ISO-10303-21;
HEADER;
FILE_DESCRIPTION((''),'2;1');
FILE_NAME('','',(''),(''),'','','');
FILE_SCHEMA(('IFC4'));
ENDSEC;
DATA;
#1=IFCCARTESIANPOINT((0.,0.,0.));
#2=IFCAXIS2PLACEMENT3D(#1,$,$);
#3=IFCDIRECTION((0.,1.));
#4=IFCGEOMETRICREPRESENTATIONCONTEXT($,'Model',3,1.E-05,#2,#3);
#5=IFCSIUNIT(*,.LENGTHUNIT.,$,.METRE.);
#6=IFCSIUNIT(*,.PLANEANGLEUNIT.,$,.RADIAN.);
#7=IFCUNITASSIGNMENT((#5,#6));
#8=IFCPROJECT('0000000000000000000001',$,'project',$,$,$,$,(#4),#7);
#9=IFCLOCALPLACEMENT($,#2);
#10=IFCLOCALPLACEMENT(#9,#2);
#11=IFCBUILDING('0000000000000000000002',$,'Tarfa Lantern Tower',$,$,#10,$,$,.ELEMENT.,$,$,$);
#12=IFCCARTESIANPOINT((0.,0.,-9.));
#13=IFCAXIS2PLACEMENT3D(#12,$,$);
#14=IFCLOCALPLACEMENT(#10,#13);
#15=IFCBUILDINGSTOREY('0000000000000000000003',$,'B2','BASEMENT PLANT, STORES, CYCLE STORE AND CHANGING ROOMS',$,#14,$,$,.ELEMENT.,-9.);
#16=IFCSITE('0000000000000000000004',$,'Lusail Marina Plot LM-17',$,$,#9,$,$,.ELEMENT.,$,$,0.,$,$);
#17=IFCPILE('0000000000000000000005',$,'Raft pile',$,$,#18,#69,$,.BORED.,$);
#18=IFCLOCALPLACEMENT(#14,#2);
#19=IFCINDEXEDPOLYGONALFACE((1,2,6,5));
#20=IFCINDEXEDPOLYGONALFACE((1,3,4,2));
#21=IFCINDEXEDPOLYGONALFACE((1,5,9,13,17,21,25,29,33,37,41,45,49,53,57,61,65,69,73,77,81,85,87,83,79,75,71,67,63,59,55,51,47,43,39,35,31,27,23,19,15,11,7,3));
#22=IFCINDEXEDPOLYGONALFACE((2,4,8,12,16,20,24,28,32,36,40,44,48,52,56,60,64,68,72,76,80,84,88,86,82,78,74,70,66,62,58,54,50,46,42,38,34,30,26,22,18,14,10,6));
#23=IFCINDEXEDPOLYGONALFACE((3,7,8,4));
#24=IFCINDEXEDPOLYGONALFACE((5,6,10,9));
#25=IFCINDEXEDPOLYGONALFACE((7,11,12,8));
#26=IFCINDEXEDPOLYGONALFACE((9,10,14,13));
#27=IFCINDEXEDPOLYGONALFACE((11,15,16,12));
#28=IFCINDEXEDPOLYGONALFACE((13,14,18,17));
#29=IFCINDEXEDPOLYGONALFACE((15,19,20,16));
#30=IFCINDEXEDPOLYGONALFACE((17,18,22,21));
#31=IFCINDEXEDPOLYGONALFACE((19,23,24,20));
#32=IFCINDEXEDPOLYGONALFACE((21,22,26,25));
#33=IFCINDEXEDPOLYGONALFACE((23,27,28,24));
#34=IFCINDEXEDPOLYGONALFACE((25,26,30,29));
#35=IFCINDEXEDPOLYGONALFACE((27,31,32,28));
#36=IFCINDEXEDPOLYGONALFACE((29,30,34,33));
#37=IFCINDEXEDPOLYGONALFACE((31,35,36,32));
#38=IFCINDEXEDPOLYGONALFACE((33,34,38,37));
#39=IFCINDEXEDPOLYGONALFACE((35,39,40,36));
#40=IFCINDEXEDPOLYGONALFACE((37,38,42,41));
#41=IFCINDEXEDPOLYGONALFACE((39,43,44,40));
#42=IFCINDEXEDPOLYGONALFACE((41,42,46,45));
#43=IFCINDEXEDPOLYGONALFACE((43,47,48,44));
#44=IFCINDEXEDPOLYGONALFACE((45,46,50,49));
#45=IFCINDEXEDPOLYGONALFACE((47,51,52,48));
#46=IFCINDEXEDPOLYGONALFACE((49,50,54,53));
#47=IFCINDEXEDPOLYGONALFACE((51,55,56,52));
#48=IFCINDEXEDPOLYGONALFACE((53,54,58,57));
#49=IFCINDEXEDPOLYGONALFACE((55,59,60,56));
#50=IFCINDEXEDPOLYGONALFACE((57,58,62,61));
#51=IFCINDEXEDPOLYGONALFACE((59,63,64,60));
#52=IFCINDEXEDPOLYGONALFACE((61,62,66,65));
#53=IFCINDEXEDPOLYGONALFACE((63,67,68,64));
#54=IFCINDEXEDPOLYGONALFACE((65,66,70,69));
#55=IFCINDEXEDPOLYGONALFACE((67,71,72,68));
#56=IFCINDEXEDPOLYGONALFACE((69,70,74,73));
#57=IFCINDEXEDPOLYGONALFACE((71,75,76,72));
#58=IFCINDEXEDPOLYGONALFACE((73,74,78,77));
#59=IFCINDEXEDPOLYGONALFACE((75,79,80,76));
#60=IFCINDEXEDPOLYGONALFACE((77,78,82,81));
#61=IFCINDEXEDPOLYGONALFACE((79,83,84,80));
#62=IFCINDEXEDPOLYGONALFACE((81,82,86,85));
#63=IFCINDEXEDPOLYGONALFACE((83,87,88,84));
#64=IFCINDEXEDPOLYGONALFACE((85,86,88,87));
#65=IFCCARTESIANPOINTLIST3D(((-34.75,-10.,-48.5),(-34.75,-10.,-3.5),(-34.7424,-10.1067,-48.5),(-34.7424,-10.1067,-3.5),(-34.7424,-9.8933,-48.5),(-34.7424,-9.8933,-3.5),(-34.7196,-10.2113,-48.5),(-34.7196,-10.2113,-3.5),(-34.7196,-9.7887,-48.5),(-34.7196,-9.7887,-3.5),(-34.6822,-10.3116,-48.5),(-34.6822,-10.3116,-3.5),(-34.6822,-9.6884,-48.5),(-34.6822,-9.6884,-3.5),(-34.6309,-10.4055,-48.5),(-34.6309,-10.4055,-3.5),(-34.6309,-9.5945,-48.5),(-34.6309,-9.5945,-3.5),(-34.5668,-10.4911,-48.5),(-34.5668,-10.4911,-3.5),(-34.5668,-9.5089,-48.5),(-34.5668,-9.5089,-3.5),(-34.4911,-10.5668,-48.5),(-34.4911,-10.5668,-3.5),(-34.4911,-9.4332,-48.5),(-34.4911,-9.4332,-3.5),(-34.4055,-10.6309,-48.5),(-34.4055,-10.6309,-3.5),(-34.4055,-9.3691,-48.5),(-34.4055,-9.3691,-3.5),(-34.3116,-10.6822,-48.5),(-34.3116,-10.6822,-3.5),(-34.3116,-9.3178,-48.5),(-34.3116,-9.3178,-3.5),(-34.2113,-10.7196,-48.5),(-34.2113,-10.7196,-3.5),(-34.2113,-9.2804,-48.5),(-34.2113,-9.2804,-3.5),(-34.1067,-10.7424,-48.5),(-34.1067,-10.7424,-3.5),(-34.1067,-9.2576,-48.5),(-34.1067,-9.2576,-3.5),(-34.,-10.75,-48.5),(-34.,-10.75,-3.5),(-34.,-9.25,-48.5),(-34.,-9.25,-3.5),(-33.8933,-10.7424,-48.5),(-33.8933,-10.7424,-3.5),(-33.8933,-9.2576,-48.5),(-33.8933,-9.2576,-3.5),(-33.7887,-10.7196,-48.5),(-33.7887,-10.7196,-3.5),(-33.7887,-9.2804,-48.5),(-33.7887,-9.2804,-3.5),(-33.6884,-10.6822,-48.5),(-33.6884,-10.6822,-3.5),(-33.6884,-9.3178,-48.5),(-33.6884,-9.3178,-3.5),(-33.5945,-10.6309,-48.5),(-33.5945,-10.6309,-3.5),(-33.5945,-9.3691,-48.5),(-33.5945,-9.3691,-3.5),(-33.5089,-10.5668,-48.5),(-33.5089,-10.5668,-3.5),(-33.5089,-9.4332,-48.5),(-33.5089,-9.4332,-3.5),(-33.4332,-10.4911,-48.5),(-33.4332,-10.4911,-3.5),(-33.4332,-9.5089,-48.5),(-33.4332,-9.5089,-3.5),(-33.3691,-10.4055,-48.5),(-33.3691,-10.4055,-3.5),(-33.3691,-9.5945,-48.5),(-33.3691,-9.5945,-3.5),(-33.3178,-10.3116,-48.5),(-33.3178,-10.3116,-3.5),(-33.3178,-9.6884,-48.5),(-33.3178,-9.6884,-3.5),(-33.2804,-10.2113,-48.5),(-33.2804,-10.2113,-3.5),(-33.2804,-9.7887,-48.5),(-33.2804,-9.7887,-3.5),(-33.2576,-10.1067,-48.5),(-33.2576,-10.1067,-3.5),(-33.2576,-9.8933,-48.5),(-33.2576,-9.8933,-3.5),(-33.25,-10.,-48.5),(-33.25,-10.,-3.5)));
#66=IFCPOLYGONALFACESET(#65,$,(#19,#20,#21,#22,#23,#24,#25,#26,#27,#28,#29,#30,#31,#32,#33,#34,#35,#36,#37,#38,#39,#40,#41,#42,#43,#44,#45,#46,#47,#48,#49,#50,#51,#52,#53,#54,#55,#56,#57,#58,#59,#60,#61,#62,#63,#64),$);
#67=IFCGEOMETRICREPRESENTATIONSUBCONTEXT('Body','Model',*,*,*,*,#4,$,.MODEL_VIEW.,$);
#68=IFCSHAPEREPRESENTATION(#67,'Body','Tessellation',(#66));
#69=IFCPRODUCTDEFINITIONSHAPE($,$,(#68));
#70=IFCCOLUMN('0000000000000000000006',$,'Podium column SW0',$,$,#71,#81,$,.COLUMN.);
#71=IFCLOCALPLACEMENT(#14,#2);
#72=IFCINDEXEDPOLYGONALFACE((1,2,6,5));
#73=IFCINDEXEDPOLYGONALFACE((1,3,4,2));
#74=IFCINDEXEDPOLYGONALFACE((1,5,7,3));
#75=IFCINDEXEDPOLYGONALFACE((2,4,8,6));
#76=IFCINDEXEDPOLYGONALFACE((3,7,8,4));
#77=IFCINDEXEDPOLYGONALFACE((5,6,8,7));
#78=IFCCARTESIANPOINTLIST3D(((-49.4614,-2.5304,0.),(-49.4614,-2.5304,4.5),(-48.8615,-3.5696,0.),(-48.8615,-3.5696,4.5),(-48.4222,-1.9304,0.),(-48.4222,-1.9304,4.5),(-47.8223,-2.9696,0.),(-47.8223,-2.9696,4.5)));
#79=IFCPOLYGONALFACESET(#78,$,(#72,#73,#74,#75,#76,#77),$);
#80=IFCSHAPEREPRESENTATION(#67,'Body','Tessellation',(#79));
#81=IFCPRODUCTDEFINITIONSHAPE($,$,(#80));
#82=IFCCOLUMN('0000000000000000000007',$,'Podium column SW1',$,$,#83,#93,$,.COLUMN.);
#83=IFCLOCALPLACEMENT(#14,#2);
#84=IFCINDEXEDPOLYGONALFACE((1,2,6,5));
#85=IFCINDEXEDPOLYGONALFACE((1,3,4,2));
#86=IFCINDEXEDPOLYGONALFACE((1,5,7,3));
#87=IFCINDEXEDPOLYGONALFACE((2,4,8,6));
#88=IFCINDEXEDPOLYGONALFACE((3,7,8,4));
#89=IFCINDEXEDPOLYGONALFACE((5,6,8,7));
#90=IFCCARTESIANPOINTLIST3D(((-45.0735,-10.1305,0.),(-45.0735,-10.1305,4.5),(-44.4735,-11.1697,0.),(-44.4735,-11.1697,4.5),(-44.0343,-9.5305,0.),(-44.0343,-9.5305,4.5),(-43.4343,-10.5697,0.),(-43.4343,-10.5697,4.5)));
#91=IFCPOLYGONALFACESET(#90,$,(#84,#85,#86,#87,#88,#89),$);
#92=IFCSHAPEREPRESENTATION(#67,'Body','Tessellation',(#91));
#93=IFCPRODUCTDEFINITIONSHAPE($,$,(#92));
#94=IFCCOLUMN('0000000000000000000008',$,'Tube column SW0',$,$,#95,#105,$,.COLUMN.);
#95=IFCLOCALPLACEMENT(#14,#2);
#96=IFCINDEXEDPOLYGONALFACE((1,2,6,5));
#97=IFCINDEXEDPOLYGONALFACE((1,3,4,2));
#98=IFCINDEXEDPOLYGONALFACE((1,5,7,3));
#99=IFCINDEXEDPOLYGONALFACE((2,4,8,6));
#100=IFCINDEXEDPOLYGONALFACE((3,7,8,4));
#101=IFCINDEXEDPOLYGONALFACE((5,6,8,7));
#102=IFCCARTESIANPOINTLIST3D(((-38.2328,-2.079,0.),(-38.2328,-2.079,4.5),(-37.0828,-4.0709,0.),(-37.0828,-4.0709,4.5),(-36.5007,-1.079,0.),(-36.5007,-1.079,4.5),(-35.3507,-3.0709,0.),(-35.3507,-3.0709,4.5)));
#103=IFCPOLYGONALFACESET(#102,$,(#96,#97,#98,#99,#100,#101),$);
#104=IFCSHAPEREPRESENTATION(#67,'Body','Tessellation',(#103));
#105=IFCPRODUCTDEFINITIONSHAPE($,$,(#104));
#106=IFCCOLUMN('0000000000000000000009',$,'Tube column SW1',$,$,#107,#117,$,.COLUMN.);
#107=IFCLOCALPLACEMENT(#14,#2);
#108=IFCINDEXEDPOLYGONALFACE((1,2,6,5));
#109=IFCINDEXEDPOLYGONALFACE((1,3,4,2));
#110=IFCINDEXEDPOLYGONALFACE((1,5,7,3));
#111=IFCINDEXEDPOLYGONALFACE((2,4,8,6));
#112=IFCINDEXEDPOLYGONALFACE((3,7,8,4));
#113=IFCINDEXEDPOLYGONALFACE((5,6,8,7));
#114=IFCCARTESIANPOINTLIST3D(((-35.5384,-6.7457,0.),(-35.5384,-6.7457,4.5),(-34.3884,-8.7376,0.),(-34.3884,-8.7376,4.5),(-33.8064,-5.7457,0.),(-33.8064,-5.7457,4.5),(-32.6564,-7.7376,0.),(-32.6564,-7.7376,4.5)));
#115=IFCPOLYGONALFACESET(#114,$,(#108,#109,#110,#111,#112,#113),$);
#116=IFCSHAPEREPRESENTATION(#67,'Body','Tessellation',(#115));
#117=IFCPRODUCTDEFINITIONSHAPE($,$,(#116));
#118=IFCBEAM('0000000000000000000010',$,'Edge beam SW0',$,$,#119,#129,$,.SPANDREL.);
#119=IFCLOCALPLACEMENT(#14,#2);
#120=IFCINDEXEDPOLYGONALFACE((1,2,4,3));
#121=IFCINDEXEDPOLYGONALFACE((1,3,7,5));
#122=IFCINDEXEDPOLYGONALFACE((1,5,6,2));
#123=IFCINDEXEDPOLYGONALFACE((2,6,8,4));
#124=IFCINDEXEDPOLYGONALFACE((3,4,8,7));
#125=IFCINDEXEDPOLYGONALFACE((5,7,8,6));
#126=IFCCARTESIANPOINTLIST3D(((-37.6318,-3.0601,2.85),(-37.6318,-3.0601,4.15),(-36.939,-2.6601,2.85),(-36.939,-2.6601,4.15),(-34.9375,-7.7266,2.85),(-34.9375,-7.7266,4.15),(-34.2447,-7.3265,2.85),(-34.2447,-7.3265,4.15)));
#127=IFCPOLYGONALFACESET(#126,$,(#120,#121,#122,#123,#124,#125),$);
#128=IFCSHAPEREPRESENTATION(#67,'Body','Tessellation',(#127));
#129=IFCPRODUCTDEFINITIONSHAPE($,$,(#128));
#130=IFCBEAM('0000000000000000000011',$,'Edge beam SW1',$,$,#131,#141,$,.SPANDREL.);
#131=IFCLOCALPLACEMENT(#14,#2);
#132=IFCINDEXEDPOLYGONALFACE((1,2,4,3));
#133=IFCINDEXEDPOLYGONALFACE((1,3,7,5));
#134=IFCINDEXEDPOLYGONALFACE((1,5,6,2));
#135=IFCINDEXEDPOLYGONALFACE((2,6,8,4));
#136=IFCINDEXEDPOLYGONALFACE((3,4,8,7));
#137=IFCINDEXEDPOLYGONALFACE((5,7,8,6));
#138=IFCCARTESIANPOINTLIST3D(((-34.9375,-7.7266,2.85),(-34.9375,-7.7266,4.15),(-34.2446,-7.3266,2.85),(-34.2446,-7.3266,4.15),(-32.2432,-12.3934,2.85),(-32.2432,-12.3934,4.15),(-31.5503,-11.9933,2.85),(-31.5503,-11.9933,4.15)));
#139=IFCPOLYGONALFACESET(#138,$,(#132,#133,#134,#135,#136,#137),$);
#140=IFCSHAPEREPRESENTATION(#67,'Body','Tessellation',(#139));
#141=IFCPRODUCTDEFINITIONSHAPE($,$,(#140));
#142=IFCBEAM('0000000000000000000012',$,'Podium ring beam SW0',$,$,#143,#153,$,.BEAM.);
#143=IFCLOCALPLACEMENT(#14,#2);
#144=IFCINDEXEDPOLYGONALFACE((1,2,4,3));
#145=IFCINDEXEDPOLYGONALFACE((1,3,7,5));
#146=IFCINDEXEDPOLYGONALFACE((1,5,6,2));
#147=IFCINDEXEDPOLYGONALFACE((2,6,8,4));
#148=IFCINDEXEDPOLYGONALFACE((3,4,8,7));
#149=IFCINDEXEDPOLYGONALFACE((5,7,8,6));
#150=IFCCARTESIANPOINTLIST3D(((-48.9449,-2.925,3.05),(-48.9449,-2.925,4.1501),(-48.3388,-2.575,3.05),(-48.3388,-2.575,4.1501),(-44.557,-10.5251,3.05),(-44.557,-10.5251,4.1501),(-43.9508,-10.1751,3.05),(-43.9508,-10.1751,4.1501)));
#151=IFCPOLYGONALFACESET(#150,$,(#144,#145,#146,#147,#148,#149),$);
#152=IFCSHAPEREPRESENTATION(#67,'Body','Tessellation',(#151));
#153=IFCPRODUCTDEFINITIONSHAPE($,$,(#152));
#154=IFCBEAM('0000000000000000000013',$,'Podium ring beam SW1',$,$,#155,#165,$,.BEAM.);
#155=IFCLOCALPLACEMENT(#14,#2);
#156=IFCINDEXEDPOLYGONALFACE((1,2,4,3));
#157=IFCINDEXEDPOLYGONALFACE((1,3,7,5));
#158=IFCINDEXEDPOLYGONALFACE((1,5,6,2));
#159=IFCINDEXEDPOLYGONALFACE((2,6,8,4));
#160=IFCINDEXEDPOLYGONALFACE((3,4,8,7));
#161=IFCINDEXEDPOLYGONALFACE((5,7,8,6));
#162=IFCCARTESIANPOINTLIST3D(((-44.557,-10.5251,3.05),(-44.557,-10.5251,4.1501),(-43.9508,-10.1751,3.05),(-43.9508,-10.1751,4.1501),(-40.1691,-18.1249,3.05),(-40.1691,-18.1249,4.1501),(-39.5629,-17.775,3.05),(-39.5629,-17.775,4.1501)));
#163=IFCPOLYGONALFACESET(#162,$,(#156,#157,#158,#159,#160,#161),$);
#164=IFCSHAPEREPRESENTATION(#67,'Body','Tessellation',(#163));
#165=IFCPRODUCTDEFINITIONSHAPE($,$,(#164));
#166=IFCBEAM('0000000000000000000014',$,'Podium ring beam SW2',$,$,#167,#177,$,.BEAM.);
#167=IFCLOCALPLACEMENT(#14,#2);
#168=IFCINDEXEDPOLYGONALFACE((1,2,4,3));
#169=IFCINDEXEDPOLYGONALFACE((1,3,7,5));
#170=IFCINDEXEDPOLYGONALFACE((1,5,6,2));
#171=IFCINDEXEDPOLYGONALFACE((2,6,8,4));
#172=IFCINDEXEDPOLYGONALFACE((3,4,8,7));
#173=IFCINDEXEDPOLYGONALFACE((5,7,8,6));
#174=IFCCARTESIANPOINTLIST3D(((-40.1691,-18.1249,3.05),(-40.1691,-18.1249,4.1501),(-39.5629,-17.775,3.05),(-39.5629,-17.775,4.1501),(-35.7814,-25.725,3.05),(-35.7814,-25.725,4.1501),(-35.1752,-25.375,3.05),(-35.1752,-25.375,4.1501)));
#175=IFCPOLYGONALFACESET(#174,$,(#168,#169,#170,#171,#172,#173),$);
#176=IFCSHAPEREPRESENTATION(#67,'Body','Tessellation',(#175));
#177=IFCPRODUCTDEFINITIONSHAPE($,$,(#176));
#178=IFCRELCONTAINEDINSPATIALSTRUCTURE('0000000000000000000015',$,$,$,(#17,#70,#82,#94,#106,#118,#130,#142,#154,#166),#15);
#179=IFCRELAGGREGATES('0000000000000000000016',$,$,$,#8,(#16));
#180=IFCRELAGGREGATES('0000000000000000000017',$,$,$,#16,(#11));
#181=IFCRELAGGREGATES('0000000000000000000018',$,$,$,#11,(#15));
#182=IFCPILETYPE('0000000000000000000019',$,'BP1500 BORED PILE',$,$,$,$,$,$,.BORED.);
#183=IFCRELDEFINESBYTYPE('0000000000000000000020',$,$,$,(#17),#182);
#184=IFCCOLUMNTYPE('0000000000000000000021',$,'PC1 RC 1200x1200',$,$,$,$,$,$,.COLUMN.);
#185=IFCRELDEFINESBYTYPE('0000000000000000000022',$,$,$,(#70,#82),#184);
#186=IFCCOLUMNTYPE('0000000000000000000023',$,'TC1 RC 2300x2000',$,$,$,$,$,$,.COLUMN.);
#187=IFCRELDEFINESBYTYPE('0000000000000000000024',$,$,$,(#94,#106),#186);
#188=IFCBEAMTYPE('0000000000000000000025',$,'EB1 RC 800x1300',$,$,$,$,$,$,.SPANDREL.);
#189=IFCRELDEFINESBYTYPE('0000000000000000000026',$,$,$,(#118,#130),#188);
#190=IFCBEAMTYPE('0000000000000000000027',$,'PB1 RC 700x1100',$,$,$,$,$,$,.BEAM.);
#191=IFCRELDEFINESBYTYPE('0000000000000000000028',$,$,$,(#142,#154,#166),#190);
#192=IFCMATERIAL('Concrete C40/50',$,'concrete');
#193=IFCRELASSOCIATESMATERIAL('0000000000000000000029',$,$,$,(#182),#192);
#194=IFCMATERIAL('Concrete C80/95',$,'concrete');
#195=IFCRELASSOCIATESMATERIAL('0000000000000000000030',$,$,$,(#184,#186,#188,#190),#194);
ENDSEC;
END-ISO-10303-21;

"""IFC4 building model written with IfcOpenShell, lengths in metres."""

from ifc_helpers import new_model, si_unit, direction, frame, origin, origin_2d, place, context, subcontext, project, spatial, rectangle, circle, extrude, material, material_profile, profile_set, type_object, element, save


model = new_model("IFC4")

# Units and contexts
model_context = context("Model", 3, precision=1e-05, world=origin(), true_north=direction((0.0, 1.0)))
body_context = subcontext(model_context, "Body", "Model", "MODEL_VIEW")
ifc_project = project(units=[si_unit("LENGTHUNIT", "METRE"), si_unit("PLANEANGLEUNIT", "RADIAN")], contexts=[model_context])

# Site, building, storey
site_placement = place(None, origin())
site = spatial("IfcSite", under=ifc_project, at=site_placement, Name="Lusail Marina Plot LM-17", CompositionType="ELEMENT", RefElevation=0.0)
building_placement = place(site_placement, origin())
building = spatial("IfcBuilding", under=site, at=building_placement, Name="Tarfa Lantern Tower", CompositionType="ELEMENT")
storey_placement = place(building_placement, frame((0.0, 0.0, -9.0)))
storey = spatial("IfcBuildingStorey", under=building, at=storey_placement, Name="B2", Description="BASEMENT PLANT, STORES, CYCLE STORE AND CHANGING ROOMS", CompositionType="ELEMENT", Elevation=-9.0)

# Pile
ifc_material_1 = material(Name="Concrete C40/50", Category="concrete")
ifc_material_profile_1 = material_profile(ifc_material_1, circle(Radius=0.75, at=origin_2d()), Name="BORED PILE D1500")
ifc_profile_set_1 = profile_set([ifc_material_profile_1], Name="Concrete C40/50")
pile_type_1 = type_object("IfcPileType", Name="BP1500 BORED PILE", PredefinedType="BORED", material=ifc_profile_set_1)
for number, where, z_axis, x_axis, name in (
    (1, (-34.0, -10.0, -3.5), (0.0, 0.0, -1.0), (1.0, 0.0, 0.0), "Raft pile"),
):
    element("IfcPile", number, at=place(storey_placement, frame(where, z_axis=z_axis, x_axis=x_axis)), inside=storey, type_object=pile_type_1, Name=name, PredefinedType="BORED", context=body_context, shape_type="SweptSolid", body=[
        extrude(circle(Radius=0.75, at=origin_2d()), origin(), (0.0, 0.0, 1.0), 45.0),
    ])

# Columns
ifc_material_2 = material(Name="Concrete C80/95", Category="concrete")
ifc_material_profile_2 = material_profile(ifc_material_2, rectangle(XDim=1.2, YDim=1.2, at=origin_2d()), Name="RC 1200x1200")
ifc_profile_set_2 = profile_set([ifc_material_profile_2], Name="Concrete C80/95")
column_type_1 = type_object("IfcColumnType", Name="PC1 RC 1200x1200", PredefinedType="COLUMN", material=ifc_profile_set_2)
for number, where, z_axis, x_axis, name in (
    (2, (-48.6418, -2.75, 0.0), (0.0, 0.0, 1.0), (0.5, -0.866025, 0.0), "Podium column SW0"),
    (3, (-44.2539, -10.3501, 0.0), (0.0, 0.0, 1.0), (0.5, -0.866025, 0.0), "Podium column SW1"),
):
    element("IfcColumn", number, at=place(storey_placement, frame(where, z_axis=z_axis, x_axis=x_axis)), inside=storey, type_object=column_type_1, Name=name, PredefinedType="COLUMN", context=body_context, shape_type="SweptSolid", body=[
        extrude(rectangle(XDim=1.2, YDim=1.2, at=origin_2d()), origin(), (0.0, 0.0, 1.0), 4.5),
    ])
ifc_material_profile_3 = material_profile(ifc_material_2, rectangle(XDim=2.3, YDim=2.0, at=origin_2d()), Name="RC 2300x2000")
ifc_profile_set_3 = profile_set([ifc_material_profile_3], Name="Concrete C80/95")
column_type_2 = type_object("IfcColumnType", Name="TC1 RC 2300x2000", PredefinedType="COLUMN", material=ifc_profile_set_3)
for number, where, z_axis, x_axis, name in (
    (4, (-36.7917, -2.575, 0.0), (0.0, 0.0, 1.0), (0.5, -0.866025, 0.0), "Tube column SW0"),
    (5, (-34.0974, -7.2417, 0.0), (0.0, 0.0, 1.0), (0.5, -0.866025, 0.0), "Tube column SW1"),
):
    element("IfcColumn", number, at=place(storey_placement, frame(where, z_axis=z_axis, x_axis=x_axis)), inside=storey, type_object=column_type_2, Name=name, PredefinedType="COLUMN", context=body_context, shape_type="SweptSolid", body=[
        extrude(rectangle(XDim=2.3, YDim=2.0, at=origin_2d()), origin(), (0.0, 0.0, 1.0), 4.5),
    ])

# Beams
ifc_material_profile_4 = material_profile(ifc_material_2, rectangle(XDim=0.8, YDim=1.3, at=origin_2d()), Name="RC 800x1300")
ifc_profile_set_4 = profile_set([ifc_material_profile_4], Name="Concrete C80/95")
beam_type_1 = type_object("IfcBeamType", Name="EB1 RC 800x1300", PredefinedType="SPANDREL", material=ifc_profile_set_4)
beam_1_placement = place(storey_placement, frame((-37.2854, -2.8601, 3.5), z_axis=(0.500018, -0.866015, 0.0), x_axis=(0.866015, 0.500018, 0.0)))
element("IfcBeam", 6, at=beam_1_placement, inside=storey, type_object=beam_type_1, Name="Edge beam SW0", PredefinedType="SPANDREL", context=body_context, shape_type="SweptSolid", body=[
    extrude(rectangle(XDim=0.8, YDim=1.3, at=origin_2d()), origin(), (0.0, 0.0, 1.0), 5.3884),
])
beam_2_placement = place(storey_placement, frame((-34.5911, -7.5266, 3.5), z_axis=(0.499998, -0.866026, 0.0), x_axis=(0.866026, 0.499998, 0.0)))
element("IfcBeam", 7, at=beam_2_placement, inside=storey, type_object=beam_type_1, Name="Edge beam SW1", PredefinedType="SPANDREL", context=body_context, shape_type="SweptSolid", body=[
    extrude(rectangle(XDim=0.8, YDim=1.3, at=origin_2d()), origin(), (0.0, 0.0, 1.0), 5.3887),
])
ifc_material_profile_5 = material_profile(ifc_material_2, rectangle(XDim=0.7, YDim=1.1001, at=origin_2d()), Name="RC 700x1100")
ifc_profile_set_5 = profile_set([ifc_material_profile_5], Name="Concrete C80/95")
beam_type_2 = type_object("IfcBeamType", Name="PB1 RC 700x1100", PredefinedType="BEAM", material=ifc_profile_set_5)
beam_3_placement = place(storey_placement, frame((-48.6418, -2.75, 3.6001), z_axis=(0.500002, -0.866024, 0.0), x_axis=(0.866024, 0.500002, 0.0)))
element("IfcBeam", 8, at=beam_3_placement, inside=storey, type_object=beam_type_2, Name="Podium ring beam SW0", PredefinedType="BEAM", context=body_context, shape_type="SweptSolid", body=[
    extrude(rectangle(XDim=0.7, YDim=1.1001, at=origin_2d()), origin(), (0.0, 0.0, 1.0), 8.7759),
])
for number, where, z_axis, x_axis, name in (
    (9, (-44.2539, -10.3501, 3.6001), (0.500014, -0.866017, 0.0), (0.866017, 0.500014, 0.0), "Podium ring beam SW1"),
    (10, (-39.866, -17.95, 3.6001), (0.499981, -0.866036, 0.0), (0.866036, 0.499981, 0.0), "Podium ring beam SW2"),
):
    element("IfcBeam", number, at=place(storey_placement, frame(where, z_axis=z_axis, x_axis=x_axis)), inside=storey, type_object=beam_type_2, Name=name, PredefinedType="BEAM", context=body_context, shape_type="SweptSolid", body=[
        extrude(rectangle(XDim=0.7, YDim=1.1001, at=origin_2d()), origin(), (0.0, 0.0, 1.0), 8.7756),
    ])

save(model, "model.ifc")
